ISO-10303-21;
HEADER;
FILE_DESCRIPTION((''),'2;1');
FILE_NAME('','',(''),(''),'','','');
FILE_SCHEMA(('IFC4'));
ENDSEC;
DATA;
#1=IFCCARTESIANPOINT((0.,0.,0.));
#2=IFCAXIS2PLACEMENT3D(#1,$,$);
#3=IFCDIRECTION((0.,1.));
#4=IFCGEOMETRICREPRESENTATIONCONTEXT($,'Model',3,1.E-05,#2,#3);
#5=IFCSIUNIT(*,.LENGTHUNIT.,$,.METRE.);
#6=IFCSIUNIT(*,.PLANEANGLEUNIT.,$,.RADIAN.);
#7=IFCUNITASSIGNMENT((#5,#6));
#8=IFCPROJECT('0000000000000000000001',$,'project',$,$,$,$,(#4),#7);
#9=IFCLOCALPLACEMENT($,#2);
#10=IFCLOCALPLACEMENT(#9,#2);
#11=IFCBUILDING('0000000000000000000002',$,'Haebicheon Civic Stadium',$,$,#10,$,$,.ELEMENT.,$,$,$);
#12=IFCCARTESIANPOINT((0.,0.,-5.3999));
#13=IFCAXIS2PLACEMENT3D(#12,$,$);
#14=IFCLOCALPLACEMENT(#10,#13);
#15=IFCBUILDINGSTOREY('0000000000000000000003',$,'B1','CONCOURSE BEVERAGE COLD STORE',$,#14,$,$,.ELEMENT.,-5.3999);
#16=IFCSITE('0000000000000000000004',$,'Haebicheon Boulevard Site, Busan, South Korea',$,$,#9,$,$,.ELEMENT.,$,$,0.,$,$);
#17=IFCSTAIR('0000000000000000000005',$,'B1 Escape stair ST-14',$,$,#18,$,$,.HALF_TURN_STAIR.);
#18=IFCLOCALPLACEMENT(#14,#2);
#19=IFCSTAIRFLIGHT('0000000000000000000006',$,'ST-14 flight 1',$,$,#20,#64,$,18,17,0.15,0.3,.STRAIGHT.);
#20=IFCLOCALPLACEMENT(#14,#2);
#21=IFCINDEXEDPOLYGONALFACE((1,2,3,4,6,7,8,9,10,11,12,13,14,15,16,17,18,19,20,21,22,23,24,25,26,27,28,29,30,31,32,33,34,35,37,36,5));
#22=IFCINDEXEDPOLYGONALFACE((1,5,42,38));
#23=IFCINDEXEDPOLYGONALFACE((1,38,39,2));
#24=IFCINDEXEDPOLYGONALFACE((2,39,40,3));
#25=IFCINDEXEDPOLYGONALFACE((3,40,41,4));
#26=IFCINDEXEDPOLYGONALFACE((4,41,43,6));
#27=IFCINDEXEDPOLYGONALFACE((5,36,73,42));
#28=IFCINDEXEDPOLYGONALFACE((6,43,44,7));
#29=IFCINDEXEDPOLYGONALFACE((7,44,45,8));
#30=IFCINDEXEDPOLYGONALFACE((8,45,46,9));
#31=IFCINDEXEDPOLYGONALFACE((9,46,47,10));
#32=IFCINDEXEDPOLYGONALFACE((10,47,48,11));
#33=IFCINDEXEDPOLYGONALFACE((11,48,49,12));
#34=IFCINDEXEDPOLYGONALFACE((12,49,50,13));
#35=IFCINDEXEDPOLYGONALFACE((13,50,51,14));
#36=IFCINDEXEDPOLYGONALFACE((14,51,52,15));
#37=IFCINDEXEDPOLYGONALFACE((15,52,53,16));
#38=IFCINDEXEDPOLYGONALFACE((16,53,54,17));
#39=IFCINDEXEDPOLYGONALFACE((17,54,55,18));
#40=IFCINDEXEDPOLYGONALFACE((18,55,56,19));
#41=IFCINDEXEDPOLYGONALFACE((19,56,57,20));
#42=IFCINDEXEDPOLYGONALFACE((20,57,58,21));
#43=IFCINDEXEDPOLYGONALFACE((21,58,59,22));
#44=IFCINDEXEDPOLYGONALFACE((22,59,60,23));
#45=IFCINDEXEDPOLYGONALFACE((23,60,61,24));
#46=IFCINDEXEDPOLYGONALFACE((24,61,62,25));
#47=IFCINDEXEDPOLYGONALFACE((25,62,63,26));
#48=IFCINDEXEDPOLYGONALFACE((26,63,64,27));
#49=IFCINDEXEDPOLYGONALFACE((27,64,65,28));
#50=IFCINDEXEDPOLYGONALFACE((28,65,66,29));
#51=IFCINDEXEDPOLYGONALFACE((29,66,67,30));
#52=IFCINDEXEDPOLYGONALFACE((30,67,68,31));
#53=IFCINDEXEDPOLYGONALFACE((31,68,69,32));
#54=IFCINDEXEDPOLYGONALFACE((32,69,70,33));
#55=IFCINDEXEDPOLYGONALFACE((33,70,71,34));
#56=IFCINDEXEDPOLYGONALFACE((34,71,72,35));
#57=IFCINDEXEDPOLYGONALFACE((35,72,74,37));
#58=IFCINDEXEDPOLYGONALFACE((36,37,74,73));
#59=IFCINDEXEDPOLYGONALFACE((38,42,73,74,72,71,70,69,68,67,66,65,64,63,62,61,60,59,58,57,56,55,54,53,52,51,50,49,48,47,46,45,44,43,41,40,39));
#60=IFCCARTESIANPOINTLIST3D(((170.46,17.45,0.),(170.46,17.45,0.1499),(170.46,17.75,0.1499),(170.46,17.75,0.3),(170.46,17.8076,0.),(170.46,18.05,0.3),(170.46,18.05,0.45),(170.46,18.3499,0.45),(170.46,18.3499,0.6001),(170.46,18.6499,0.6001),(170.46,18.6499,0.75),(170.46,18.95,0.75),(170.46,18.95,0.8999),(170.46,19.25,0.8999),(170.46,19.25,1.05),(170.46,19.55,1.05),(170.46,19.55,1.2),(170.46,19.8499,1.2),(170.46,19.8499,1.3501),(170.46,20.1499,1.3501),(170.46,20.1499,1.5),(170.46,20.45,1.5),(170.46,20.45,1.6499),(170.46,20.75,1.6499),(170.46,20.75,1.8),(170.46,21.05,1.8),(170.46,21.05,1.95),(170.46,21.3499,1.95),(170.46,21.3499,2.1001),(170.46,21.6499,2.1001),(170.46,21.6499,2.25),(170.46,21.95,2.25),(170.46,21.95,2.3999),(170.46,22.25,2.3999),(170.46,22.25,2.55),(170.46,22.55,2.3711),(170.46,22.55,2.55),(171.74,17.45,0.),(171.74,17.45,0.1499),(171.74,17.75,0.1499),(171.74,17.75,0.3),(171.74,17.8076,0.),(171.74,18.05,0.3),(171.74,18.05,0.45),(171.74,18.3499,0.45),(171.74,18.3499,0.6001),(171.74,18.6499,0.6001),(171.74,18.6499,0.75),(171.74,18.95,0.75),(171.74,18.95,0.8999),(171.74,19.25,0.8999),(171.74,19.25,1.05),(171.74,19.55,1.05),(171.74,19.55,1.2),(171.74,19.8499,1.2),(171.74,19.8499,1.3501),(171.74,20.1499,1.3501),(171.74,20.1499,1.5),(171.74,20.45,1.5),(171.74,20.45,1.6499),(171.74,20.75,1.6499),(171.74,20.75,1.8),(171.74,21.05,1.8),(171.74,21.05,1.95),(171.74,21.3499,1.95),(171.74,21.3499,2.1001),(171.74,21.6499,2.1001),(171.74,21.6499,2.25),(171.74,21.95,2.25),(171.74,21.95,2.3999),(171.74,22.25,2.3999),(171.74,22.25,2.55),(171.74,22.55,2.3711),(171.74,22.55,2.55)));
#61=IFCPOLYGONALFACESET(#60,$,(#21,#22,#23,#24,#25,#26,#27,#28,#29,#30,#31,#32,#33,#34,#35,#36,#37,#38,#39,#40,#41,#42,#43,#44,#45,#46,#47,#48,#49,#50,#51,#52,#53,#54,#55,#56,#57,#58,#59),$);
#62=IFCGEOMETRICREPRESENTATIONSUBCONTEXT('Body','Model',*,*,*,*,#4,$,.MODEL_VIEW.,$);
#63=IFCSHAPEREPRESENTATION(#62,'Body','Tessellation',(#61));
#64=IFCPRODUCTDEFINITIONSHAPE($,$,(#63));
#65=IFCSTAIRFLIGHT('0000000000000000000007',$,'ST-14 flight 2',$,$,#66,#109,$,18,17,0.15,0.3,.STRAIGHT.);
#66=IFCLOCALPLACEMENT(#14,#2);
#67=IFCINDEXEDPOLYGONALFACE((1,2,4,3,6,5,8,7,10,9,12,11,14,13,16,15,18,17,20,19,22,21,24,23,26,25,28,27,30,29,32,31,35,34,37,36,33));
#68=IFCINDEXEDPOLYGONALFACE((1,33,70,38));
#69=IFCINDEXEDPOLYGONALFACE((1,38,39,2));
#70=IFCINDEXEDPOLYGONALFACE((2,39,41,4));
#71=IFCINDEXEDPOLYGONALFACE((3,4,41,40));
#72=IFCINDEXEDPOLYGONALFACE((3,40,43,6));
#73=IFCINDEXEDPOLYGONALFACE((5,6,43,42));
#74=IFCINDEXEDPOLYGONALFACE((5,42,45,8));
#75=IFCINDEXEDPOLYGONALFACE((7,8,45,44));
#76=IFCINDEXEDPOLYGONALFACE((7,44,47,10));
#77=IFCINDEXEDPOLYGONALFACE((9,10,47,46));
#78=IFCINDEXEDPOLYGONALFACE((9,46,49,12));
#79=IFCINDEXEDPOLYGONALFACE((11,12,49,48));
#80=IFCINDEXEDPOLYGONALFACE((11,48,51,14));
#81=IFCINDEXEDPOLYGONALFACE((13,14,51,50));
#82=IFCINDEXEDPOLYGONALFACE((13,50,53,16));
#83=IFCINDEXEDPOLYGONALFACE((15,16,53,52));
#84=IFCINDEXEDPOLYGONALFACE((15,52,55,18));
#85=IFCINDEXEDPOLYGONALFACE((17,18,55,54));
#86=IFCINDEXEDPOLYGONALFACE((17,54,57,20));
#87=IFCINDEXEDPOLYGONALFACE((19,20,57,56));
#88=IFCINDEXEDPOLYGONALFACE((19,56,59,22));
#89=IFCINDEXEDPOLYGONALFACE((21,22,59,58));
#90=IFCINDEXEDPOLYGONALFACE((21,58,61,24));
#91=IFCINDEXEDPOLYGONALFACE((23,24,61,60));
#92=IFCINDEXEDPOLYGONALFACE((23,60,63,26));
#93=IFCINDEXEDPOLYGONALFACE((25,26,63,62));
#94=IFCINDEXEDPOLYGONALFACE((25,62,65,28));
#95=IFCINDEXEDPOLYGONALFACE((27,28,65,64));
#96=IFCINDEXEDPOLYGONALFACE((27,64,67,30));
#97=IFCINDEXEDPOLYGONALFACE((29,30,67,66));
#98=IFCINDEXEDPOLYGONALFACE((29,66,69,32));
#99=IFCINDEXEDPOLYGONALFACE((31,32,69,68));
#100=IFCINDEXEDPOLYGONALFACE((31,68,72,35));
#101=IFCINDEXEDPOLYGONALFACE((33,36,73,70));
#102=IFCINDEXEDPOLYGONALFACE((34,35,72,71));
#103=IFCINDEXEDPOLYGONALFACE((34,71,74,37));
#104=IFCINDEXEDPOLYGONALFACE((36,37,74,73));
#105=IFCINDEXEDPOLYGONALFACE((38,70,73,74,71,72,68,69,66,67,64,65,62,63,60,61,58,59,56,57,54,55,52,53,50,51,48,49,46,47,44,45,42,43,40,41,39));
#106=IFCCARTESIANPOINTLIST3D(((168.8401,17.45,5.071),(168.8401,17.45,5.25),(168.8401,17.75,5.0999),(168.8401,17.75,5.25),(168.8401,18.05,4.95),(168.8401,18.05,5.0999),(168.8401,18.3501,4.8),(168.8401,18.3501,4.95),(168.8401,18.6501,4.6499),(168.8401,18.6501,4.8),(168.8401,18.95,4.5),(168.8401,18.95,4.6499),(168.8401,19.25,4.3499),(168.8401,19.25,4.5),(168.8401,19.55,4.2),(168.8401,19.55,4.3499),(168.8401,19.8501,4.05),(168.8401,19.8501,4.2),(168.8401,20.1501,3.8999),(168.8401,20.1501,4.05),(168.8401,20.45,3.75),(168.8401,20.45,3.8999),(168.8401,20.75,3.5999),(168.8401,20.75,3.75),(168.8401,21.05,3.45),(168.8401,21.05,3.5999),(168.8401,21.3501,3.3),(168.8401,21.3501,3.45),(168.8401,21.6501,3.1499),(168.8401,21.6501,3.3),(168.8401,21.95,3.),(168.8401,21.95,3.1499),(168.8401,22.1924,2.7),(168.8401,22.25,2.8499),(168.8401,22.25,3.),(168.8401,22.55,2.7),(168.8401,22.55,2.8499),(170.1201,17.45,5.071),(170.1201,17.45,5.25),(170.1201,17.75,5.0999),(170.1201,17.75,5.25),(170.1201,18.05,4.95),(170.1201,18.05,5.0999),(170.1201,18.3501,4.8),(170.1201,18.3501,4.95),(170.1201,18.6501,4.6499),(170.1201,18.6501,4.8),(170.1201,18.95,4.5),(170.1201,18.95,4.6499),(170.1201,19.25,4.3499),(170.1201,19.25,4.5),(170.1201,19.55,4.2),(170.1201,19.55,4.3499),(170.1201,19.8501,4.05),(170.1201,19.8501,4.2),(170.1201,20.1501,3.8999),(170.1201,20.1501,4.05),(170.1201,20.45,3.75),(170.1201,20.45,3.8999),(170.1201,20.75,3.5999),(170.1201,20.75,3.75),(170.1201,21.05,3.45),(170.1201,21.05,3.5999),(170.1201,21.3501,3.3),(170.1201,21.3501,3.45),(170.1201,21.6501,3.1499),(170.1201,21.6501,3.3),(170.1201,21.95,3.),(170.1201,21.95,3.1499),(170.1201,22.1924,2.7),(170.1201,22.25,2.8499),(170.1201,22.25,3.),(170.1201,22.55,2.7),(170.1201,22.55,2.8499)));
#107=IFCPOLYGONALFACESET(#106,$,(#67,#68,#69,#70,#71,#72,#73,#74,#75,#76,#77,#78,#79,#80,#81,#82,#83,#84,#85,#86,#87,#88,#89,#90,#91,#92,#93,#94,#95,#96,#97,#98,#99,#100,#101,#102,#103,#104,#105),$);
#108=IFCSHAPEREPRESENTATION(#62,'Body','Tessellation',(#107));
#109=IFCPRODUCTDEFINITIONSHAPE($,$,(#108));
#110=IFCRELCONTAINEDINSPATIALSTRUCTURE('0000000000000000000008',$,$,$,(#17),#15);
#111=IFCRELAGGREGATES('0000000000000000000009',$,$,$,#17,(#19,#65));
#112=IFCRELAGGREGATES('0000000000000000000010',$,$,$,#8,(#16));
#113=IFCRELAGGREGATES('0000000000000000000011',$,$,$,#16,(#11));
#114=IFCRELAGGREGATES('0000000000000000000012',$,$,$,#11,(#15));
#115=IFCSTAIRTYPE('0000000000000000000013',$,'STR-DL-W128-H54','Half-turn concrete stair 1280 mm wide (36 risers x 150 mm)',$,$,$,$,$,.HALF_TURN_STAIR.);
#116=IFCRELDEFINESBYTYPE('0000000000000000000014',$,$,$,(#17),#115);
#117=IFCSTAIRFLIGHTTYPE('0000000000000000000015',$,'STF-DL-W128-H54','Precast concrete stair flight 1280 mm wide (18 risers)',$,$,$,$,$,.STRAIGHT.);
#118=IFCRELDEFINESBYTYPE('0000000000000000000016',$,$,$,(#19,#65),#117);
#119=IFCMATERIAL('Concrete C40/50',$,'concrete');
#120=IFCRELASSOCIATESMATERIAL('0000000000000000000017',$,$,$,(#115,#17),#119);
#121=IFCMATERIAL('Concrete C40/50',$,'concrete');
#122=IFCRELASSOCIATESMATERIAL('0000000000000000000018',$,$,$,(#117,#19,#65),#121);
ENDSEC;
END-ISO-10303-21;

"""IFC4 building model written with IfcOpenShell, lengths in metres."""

from ifc_helpers import new_model, si_unit, direction, frame, origin, place, context, subcontext, project, spatial, polyline, outline, extrude, material, type_object, element, aggregate, save


model = new_model("IFC4")

# Units and contexts
model_context = context("Model", 3, precision=1e-05, world=origin(), true_north=direction((0.0, 1.0)))
body_context = subcontext(model_context, "Body", "Model", "MODEL_VIEW")
ifc_project = project(units=[si_unit("LENGTHUNIT", "METRE"), si_unit("PLANEANGLEUNIT", "RADIAN")], contexts=[model_context])

# Site, building, storey
site_placement = place(None, origin())
site = spatial("IfcSite", under=ifc_project, at=site_placement, Name="Haebicheon Boulevard Site, Busan, South Korea", CompositionType="ELEMENT", RefElevation=0.0)
building_placement = place(site_placement, origin())
building = spatial("IfcBuilding", under=site, at=building_placement, Name="Haebicheon Civic Stadium", CompositionType="ELEMENT")
storey_placement = place(building_placement, frame((0.0, 0.0, -5.3999)))
storey = spatial("IfcBuildingStorey", under=building, at=storey_placement, Name="B1", Description="CONCOURSE BEVERAGE COLD STORE", CompositionType="ELEMENT", Elevation=-5.3999)

# Stair, stair flights
ifc_material_1 = material(Name="Concrete C40/50", Category="concrete")
stair_type = type_object("IfcStairType", Name="STR-DL-W128-H54", Description="Half-turn concrete stair 1280 mm wide (36 risers x 150 mm)", PredefinedType="HALF_TURN_STAIR", material=ifc_material_1)
stair_placement = place(storey_placement, origin())
stair = element("IfcStair", 1, at=stair_placement, inside=storey, type_object=stair_type, material=ifc_material_1, Name="B1 Escape stair ST-14", PredefinedType="HALF_TURN_STAIR")
ifc_material_2 = material(Name="Concrete C40/50", Category="concrete")
stair_flight_type = type_object("IfcStairFlightType", Name="STF-DL-W128-H54", Description="Precast concrete stair flight 1280 mm wide (18 risers)", PredefinedType="STRAIGHT", material=ifc_material_2)
stair_flight_1_placement = place(storey_placement, frame((171.1001, 17.45, 0.0), z_axis=(0.0, 0.0, 1.0), x_axis=(0.0, 1.0, 0.0)))
stair_flight_1 = element("IfcStairFlight", 2, at=stair_flight_1_placement, type_object=stair_flight_type, material=ifc_material_2, Name="ST-14 flight 1", NumberOfRisers=18, NumberOfTreads=17, PredefinedType="STRAIGHT", RiserHeight=0.15, TreadLength=0.3, context=body_context, shape_type="SweptSolid", body=[
    extrude(outline(polyline([(0.0, 0.0), (0.0, 0.1499), (0.3, 0.1499), (0.3, 0.3), (0.6001, 0.3), (0.6001, 0.45), (0.8999, 0.45), (0.8999, 0.6001), (1.2, 0.6001), (1.2, 0.75), (1.5, 0.75), (1.5, 0.8999), (1.8, 0.8999), (1.8, 1.05), (2.1001, 1.05), (2.1001, 1.2), (2.3999, 1.2), (2.3999, 1.3501), (2.7, 1.3501), (2.7, 1.5), (3.0, 1.5), (3.0, 1.6499), (3.3, 1.6499), (3.3, 1.8), (3.6001, 1.8), (3.6001, 1.95), (3.8999, 1.95), (3.8999, 2.1001), (4.2, 2.1001), (4.2, 2.25), (4.5, 2.25), (4.5, 2.3999), (4.8, 2.3999), (4.8, 2.55), (5.1001, 2.55), (5.1001, 2.7), (5.1001, 2.3711), (0.3577, 0.0), (0.0, 0.0)])), frame((0.0, 0.6401, 0.0), z_axis=(0.0, -1.0, 0.0), x_axis=(1.0, 0.0, 0.0)), (0.0, 0.0, 1.0), 1.28),
])
stair_flight_2_placement = place(storey_placement, frame((169.48, 22.55, 2.7), z_axis=(0.0, 0.0, 1.0), x_axis=(0.0, -1.0, 0.0)))
stair_flight_2 = element("IfcStairFlight", 3, at=stair_flight_2_placement, type_object=stair_flight_type, material=ifc_material_2, Name="ST-14 flight 2", NumberOfRisers=18, NumberOfTreads=17, PredefinedType="STRAIGHT", RiserHeight=0.15, TreadLength=0.3, context=body_context, shape_type="SweptSolid", body=[
    extrude(outline(polyline([(0.0, 0.0), (0.0, 0.1499), (0.3, 0.1499), (0.3, 0.3), (0.6001, 0.3), (0.6001, 0.45), (0.8999, 0.45), (0.8999, 0.6001), (1.2, 0.6001), (1.2, 0.75), (1.5, 0.75), (1.5, 0.8999), (1.8, 0.8999), (1.8, 1.05), (2.1001, 1.05), (2.1001, 1.2), (2.3999, 1.2), (2.3999, 1.3501), (2.7, 1.3501), (2.7, 1.5), (3.0, 1.5), (3.0, 1.6499), (3.3, 1.6499), (3.3, 1.8), (3.6001, 1.8), (3.6001, 1.95), (3.8999, 1.95), (3.8999, 2.1001), (4.2, 2.1001), (4.2, 2.25), (4.5, 2.25), (4.5, 2.3999), (4.8, 2.3999), (4.8, 2.55), (5.1001, 2.55), (5.1001, 2.7), (5.1001, 2.3711), (0.3577, 0.0), (0.0, 0.0)])), frame((0.0, 0.6401, 0.0), z_axis=(0.0, -1.0, 0.0), x_axis=(1.0, 0.0, 0.0)), (0.0, 0.0, 1.0), 1.28),
])
aggregate(stair, [stair_flight_1, stair_flight_2])

save(model, "model.ifc")
